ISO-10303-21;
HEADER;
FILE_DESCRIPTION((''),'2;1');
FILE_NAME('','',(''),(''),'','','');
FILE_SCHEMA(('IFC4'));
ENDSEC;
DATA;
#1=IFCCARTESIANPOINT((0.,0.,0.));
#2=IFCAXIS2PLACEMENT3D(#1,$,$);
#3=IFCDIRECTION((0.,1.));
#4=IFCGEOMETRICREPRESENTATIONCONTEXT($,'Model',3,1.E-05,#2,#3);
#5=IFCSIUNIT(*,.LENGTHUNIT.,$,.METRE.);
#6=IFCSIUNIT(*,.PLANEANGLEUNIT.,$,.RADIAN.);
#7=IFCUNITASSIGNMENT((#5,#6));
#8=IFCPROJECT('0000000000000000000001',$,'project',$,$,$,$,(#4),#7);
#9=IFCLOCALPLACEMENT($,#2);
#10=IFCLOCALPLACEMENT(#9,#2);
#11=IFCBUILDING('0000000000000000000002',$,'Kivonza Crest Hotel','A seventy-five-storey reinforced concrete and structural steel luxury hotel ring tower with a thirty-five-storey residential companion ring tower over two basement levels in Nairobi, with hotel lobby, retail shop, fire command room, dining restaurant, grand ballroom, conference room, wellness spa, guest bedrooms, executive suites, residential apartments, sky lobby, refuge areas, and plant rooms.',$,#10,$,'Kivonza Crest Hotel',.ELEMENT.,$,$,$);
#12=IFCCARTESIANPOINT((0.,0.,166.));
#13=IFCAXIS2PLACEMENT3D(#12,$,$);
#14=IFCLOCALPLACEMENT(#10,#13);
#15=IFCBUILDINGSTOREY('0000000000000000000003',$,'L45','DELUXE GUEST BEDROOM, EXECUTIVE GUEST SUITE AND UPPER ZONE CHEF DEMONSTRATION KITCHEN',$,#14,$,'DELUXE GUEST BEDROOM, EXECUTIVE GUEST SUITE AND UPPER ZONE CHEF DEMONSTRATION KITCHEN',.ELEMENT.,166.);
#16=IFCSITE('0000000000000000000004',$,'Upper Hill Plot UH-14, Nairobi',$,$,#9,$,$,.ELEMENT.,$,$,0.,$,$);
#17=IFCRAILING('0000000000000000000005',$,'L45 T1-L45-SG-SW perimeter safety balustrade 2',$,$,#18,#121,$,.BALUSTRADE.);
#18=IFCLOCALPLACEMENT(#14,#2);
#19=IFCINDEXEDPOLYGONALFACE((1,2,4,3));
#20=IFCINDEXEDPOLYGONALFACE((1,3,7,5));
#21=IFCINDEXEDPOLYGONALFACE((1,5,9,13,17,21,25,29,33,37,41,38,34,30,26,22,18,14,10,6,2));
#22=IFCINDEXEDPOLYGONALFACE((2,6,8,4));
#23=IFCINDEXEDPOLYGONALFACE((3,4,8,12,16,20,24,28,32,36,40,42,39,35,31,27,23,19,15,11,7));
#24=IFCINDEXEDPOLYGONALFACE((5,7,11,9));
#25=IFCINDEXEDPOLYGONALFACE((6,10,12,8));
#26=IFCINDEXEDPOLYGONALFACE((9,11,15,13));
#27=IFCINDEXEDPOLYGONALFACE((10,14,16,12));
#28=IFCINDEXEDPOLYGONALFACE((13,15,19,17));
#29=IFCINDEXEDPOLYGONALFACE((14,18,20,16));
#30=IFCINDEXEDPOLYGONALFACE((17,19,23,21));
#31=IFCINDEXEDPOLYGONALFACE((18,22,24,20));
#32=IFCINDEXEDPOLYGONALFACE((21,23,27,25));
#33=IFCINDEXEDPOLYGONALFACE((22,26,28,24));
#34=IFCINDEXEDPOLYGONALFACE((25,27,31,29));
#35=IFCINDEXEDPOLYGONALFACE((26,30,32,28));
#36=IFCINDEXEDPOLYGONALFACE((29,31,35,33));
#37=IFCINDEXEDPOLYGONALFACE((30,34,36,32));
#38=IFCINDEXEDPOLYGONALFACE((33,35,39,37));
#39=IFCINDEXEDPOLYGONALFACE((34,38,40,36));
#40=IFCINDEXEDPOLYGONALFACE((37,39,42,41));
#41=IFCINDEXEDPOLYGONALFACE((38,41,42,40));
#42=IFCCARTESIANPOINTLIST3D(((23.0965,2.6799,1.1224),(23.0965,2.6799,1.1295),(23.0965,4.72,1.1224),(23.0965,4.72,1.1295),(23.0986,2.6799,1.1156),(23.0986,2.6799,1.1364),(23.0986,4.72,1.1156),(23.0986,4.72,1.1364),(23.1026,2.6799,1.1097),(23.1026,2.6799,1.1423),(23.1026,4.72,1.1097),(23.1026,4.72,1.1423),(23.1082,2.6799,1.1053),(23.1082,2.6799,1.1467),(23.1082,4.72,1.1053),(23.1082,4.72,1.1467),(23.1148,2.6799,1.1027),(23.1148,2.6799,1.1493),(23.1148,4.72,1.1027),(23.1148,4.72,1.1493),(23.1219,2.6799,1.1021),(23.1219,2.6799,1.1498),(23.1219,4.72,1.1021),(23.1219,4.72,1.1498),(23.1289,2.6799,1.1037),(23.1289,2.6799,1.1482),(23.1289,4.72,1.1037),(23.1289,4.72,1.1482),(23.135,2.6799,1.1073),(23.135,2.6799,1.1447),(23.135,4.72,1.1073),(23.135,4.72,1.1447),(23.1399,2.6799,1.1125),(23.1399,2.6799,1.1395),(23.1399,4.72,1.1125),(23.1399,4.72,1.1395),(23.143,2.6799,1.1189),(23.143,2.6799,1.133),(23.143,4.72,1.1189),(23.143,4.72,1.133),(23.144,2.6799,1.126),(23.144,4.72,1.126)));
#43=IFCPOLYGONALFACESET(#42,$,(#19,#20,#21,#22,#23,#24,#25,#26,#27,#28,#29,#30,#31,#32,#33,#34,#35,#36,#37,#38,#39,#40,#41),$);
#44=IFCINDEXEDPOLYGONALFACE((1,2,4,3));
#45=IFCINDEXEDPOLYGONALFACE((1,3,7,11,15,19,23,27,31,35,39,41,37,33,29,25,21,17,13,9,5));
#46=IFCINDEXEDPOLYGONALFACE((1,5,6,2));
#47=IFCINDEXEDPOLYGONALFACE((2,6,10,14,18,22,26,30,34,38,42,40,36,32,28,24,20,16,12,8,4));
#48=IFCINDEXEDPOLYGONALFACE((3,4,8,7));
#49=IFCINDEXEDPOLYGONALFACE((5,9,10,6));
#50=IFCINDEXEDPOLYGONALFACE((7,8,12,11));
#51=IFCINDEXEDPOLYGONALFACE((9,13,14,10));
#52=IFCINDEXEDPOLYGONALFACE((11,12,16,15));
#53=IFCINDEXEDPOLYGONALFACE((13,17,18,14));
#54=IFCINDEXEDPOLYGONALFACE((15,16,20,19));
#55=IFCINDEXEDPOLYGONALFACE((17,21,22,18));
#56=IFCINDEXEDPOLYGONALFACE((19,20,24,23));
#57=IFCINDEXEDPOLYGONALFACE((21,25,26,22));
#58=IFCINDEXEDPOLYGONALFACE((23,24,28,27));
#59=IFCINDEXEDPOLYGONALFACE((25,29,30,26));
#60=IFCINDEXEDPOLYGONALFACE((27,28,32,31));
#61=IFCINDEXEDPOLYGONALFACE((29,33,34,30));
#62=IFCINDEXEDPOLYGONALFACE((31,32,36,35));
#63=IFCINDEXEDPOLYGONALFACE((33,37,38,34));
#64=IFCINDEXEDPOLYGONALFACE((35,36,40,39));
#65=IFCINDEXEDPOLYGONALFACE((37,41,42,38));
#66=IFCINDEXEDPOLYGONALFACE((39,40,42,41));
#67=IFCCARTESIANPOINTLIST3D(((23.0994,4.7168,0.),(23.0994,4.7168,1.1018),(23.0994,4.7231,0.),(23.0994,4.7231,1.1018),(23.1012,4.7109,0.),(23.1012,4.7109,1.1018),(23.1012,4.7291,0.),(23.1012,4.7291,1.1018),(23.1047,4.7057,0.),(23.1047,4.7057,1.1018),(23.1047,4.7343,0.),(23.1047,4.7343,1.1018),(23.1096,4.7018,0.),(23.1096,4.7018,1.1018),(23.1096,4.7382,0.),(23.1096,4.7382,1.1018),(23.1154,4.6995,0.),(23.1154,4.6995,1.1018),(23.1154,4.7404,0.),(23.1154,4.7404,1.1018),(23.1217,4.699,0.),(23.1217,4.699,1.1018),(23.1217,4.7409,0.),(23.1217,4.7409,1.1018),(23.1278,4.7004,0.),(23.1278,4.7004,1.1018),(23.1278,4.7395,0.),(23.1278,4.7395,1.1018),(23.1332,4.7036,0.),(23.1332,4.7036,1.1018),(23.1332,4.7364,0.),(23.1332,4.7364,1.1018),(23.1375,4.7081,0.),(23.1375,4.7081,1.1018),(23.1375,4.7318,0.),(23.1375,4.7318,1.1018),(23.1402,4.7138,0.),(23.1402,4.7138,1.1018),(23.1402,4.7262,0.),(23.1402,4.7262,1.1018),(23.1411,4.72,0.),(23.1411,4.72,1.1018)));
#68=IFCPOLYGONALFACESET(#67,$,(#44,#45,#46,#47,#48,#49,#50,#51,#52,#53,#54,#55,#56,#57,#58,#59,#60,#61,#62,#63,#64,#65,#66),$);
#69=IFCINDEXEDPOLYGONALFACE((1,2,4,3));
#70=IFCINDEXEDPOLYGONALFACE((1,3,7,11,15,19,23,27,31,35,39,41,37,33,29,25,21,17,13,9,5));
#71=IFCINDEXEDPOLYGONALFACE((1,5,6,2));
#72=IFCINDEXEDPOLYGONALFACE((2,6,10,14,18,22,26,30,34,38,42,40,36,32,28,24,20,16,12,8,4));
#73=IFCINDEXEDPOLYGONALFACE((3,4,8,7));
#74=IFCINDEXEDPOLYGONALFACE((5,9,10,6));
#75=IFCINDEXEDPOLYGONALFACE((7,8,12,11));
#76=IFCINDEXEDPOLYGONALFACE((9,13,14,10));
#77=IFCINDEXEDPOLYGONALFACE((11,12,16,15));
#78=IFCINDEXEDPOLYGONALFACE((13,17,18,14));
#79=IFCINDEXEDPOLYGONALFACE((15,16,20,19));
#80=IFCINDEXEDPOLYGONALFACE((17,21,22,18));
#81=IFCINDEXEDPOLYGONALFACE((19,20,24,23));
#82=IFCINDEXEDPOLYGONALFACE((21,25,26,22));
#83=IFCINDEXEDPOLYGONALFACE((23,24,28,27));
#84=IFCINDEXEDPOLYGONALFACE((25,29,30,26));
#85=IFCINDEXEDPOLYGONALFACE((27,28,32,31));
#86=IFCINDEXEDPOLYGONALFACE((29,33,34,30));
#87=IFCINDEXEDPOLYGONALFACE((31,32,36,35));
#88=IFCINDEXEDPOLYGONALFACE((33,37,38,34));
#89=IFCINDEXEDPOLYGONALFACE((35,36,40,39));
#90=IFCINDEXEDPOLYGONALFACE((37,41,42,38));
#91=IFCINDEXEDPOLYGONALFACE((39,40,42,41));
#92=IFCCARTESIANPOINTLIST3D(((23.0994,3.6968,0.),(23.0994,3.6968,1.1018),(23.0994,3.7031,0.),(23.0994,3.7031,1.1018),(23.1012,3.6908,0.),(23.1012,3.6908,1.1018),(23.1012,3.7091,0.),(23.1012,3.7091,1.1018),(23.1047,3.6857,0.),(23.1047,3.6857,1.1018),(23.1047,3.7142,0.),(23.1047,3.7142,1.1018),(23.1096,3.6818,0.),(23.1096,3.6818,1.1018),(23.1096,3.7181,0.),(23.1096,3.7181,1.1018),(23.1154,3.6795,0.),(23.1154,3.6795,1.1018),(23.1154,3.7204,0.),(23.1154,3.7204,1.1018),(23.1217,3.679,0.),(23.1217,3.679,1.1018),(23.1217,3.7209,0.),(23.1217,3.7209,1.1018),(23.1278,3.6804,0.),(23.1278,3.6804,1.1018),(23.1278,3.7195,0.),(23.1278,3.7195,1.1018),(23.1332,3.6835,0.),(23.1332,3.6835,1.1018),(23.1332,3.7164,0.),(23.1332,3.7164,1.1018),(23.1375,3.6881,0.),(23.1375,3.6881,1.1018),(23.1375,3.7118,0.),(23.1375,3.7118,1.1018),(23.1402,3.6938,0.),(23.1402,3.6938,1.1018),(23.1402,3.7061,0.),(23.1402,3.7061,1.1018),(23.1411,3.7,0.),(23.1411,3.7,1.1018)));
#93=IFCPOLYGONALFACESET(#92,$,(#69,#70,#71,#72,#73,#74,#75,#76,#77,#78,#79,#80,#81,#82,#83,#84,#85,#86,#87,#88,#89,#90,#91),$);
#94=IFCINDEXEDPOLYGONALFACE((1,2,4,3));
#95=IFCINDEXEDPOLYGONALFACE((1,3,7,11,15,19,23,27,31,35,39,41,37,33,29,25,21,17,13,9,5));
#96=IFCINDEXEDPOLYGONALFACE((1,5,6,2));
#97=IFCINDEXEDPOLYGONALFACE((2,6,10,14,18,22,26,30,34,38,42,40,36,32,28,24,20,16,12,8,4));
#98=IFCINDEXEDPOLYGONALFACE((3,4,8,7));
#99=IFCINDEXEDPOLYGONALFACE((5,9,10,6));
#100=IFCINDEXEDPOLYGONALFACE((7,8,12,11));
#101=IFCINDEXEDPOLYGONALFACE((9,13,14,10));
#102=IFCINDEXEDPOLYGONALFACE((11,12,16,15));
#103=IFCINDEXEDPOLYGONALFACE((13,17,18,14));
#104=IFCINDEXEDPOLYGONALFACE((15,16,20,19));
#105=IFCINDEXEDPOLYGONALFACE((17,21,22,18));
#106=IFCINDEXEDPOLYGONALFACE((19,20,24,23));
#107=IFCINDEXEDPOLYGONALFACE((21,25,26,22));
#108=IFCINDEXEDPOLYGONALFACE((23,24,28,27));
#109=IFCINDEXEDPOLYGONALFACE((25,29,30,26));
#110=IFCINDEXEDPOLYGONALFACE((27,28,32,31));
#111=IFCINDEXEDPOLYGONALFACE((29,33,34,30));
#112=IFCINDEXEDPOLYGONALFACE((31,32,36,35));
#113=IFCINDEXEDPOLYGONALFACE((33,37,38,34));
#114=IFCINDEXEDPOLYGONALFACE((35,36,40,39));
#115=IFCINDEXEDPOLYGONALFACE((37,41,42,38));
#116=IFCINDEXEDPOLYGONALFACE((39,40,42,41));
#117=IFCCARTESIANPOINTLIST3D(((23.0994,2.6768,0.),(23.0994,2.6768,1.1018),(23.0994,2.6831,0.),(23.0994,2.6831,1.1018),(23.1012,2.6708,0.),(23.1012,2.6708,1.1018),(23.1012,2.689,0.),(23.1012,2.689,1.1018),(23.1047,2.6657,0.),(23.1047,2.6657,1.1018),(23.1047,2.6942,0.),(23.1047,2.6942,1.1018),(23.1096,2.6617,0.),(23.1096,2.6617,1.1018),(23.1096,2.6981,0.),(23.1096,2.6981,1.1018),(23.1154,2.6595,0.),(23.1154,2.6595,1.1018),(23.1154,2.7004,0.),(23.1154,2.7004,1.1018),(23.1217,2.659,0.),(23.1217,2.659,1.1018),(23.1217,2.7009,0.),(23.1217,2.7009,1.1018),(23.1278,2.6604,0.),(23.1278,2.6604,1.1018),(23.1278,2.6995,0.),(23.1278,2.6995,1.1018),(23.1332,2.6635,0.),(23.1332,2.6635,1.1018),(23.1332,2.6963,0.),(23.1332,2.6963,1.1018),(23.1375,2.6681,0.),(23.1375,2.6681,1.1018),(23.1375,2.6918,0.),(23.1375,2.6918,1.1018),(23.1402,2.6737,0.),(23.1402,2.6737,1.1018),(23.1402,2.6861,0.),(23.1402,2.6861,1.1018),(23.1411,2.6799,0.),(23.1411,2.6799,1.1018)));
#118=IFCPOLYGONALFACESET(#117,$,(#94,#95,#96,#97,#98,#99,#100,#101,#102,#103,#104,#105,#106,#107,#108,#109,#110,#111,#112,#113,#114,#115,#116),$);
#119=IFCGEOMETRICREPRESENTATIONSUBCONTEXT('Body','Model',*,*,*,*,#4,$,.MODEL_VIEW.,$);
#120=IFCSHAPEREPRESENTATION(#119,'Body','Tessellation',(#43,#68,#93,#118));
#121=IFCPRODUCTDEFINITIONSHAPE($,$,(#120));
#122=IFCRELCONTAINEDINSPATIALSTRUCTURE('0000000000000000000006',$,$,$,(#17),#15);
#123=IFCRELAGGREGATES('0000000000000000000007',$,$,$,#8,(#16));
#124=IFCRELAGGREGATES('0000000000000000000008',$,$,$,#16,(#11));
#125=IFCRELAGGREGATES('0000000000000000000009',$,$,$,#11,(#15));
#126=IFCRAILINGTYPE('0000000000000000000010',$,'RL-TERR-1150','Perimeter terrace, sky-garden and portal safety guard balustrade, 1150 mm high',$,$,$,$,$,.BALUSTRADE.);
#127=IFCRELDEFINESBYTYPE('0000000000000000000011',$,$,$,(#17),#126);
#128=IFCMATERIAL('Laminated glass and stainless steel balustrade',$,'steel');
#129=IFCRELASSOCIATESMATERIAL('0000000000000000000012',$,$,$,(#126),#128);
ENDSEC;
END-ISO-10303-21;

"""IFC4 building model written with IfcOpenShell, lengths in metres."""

from ifc_helpers import new_model, si_unit, direction, frame, origin, origin_2d, place, context, subcontext, project, spatial, circle, extrude, material, type_object, element, save


model = new_model("IFC4")

# Units and contexts
model_context = context("Model", 3, precision=1e-05, world=origin(), true_north=direction((0.0, 1.0)))
body_context = subcontext(model_context, "Body", "Model", "MODEL_VIEW")
ifc_project = project(units=[si_unit("LENGTHUNIT", "METRE"), si_unit("PLANEANGLEUNIT", "RADIAN")], contexts=[model_context])

# Site, building, storey
site_placement = place(None, origin())
site = spatial("IfcSite", under=ifc_project, at=site_placement, Name="Upper Hill Plot UH-14, Nairobi", CompositionType="ELEMENT", RefElevation=0.0)
building_placement = place(site_placement, origin())
building = spatial("IfcBuilding", under=site, at=building_placement, Name="Kivonza Crest Hotel", Description="A seventy-five-storey reinforced concrete and structural steel luxury hotel ring tower with a thirty-five-storey residential companion ring tower over two basement levels in Nairobi, with hotel lobby, retail shop, fire command room, dining restaurant, grand ballroom, conference room, wellness spa, guest bedrooms, executive suites, residential apartments, sky lobby, refuge areas, and plant rooms.", LongName="Kivonza Crest Hotel", CompositionType="ELEMENT")
storey_placement = place(building_placement, frame((0.0, 0.0, 166.0)))
storey = spatial("IfcBuildingStorey", under=building, at=storey_placement, Name="L45", Description="DELUXE GUEST BEDROOM, EXECUTIVE GUEST SUITE AND UPPER ZONE CHEF DEMONSTRATION KITCHEN", LongName="DELUXE GUEST BEDROOM, EXECUTIVE GUEST SUITE AND UPPER ZONE CHEF DEMONSTRATION KITCHEN", CompositionType="ELEMENT", Elevation=166.0)

# Railing
ifc_material_1 = material(Name="Laminated glass and stainless steel balustrade", Category="steel")
railing_type = type_object("IfcRailingType", Name="RL-TERR-1150", Description="Perimeter terrace, sky-garden and portal safety guard balustrade, 1150 mm high", PredefinedType="BALUSTRADE", material=ifc_material_1)
railing_1_placement = place(storey_placement, frame((23.1201, 4.72, 0.0)))
element("IfcRailing", 1, at=railing_1_placement, inside=storey, type_object=railing_type, Name="L45 T1-L45-SG-SW perimeter safety balustrade 2", PredefinedType="BALUSTRADE", context=body_context, shape_type="SweptSolid", body=[
    extrude(circle(Radius=0.0239, at=origin_2d()), frame((0.0, 0.0, 1.126), z_axis=(0.0, -1.0, 0.0), x_axis=(1.0, 0.0, 0.0)), (0.0, 0.0, 1.0), 2.04),
    extrude(circle(Radius=0.021, at=origin_2d()), origin(), (0.0, 0.0, 1.0), 1.1018),
    extrude(circle(Radius=0.021, at=origin_2d()), frame((0.0, -1.02, 0.0)), (0.0, 0.0, 1.0), 1.1018),
    extrude(circle(Radius=0.021, at=origin_2d()), frame((0.0, -2.04, 0.0)), (0.0, 0.0, 1.0), 1.1018),
])

save(model, "model.ifc")
